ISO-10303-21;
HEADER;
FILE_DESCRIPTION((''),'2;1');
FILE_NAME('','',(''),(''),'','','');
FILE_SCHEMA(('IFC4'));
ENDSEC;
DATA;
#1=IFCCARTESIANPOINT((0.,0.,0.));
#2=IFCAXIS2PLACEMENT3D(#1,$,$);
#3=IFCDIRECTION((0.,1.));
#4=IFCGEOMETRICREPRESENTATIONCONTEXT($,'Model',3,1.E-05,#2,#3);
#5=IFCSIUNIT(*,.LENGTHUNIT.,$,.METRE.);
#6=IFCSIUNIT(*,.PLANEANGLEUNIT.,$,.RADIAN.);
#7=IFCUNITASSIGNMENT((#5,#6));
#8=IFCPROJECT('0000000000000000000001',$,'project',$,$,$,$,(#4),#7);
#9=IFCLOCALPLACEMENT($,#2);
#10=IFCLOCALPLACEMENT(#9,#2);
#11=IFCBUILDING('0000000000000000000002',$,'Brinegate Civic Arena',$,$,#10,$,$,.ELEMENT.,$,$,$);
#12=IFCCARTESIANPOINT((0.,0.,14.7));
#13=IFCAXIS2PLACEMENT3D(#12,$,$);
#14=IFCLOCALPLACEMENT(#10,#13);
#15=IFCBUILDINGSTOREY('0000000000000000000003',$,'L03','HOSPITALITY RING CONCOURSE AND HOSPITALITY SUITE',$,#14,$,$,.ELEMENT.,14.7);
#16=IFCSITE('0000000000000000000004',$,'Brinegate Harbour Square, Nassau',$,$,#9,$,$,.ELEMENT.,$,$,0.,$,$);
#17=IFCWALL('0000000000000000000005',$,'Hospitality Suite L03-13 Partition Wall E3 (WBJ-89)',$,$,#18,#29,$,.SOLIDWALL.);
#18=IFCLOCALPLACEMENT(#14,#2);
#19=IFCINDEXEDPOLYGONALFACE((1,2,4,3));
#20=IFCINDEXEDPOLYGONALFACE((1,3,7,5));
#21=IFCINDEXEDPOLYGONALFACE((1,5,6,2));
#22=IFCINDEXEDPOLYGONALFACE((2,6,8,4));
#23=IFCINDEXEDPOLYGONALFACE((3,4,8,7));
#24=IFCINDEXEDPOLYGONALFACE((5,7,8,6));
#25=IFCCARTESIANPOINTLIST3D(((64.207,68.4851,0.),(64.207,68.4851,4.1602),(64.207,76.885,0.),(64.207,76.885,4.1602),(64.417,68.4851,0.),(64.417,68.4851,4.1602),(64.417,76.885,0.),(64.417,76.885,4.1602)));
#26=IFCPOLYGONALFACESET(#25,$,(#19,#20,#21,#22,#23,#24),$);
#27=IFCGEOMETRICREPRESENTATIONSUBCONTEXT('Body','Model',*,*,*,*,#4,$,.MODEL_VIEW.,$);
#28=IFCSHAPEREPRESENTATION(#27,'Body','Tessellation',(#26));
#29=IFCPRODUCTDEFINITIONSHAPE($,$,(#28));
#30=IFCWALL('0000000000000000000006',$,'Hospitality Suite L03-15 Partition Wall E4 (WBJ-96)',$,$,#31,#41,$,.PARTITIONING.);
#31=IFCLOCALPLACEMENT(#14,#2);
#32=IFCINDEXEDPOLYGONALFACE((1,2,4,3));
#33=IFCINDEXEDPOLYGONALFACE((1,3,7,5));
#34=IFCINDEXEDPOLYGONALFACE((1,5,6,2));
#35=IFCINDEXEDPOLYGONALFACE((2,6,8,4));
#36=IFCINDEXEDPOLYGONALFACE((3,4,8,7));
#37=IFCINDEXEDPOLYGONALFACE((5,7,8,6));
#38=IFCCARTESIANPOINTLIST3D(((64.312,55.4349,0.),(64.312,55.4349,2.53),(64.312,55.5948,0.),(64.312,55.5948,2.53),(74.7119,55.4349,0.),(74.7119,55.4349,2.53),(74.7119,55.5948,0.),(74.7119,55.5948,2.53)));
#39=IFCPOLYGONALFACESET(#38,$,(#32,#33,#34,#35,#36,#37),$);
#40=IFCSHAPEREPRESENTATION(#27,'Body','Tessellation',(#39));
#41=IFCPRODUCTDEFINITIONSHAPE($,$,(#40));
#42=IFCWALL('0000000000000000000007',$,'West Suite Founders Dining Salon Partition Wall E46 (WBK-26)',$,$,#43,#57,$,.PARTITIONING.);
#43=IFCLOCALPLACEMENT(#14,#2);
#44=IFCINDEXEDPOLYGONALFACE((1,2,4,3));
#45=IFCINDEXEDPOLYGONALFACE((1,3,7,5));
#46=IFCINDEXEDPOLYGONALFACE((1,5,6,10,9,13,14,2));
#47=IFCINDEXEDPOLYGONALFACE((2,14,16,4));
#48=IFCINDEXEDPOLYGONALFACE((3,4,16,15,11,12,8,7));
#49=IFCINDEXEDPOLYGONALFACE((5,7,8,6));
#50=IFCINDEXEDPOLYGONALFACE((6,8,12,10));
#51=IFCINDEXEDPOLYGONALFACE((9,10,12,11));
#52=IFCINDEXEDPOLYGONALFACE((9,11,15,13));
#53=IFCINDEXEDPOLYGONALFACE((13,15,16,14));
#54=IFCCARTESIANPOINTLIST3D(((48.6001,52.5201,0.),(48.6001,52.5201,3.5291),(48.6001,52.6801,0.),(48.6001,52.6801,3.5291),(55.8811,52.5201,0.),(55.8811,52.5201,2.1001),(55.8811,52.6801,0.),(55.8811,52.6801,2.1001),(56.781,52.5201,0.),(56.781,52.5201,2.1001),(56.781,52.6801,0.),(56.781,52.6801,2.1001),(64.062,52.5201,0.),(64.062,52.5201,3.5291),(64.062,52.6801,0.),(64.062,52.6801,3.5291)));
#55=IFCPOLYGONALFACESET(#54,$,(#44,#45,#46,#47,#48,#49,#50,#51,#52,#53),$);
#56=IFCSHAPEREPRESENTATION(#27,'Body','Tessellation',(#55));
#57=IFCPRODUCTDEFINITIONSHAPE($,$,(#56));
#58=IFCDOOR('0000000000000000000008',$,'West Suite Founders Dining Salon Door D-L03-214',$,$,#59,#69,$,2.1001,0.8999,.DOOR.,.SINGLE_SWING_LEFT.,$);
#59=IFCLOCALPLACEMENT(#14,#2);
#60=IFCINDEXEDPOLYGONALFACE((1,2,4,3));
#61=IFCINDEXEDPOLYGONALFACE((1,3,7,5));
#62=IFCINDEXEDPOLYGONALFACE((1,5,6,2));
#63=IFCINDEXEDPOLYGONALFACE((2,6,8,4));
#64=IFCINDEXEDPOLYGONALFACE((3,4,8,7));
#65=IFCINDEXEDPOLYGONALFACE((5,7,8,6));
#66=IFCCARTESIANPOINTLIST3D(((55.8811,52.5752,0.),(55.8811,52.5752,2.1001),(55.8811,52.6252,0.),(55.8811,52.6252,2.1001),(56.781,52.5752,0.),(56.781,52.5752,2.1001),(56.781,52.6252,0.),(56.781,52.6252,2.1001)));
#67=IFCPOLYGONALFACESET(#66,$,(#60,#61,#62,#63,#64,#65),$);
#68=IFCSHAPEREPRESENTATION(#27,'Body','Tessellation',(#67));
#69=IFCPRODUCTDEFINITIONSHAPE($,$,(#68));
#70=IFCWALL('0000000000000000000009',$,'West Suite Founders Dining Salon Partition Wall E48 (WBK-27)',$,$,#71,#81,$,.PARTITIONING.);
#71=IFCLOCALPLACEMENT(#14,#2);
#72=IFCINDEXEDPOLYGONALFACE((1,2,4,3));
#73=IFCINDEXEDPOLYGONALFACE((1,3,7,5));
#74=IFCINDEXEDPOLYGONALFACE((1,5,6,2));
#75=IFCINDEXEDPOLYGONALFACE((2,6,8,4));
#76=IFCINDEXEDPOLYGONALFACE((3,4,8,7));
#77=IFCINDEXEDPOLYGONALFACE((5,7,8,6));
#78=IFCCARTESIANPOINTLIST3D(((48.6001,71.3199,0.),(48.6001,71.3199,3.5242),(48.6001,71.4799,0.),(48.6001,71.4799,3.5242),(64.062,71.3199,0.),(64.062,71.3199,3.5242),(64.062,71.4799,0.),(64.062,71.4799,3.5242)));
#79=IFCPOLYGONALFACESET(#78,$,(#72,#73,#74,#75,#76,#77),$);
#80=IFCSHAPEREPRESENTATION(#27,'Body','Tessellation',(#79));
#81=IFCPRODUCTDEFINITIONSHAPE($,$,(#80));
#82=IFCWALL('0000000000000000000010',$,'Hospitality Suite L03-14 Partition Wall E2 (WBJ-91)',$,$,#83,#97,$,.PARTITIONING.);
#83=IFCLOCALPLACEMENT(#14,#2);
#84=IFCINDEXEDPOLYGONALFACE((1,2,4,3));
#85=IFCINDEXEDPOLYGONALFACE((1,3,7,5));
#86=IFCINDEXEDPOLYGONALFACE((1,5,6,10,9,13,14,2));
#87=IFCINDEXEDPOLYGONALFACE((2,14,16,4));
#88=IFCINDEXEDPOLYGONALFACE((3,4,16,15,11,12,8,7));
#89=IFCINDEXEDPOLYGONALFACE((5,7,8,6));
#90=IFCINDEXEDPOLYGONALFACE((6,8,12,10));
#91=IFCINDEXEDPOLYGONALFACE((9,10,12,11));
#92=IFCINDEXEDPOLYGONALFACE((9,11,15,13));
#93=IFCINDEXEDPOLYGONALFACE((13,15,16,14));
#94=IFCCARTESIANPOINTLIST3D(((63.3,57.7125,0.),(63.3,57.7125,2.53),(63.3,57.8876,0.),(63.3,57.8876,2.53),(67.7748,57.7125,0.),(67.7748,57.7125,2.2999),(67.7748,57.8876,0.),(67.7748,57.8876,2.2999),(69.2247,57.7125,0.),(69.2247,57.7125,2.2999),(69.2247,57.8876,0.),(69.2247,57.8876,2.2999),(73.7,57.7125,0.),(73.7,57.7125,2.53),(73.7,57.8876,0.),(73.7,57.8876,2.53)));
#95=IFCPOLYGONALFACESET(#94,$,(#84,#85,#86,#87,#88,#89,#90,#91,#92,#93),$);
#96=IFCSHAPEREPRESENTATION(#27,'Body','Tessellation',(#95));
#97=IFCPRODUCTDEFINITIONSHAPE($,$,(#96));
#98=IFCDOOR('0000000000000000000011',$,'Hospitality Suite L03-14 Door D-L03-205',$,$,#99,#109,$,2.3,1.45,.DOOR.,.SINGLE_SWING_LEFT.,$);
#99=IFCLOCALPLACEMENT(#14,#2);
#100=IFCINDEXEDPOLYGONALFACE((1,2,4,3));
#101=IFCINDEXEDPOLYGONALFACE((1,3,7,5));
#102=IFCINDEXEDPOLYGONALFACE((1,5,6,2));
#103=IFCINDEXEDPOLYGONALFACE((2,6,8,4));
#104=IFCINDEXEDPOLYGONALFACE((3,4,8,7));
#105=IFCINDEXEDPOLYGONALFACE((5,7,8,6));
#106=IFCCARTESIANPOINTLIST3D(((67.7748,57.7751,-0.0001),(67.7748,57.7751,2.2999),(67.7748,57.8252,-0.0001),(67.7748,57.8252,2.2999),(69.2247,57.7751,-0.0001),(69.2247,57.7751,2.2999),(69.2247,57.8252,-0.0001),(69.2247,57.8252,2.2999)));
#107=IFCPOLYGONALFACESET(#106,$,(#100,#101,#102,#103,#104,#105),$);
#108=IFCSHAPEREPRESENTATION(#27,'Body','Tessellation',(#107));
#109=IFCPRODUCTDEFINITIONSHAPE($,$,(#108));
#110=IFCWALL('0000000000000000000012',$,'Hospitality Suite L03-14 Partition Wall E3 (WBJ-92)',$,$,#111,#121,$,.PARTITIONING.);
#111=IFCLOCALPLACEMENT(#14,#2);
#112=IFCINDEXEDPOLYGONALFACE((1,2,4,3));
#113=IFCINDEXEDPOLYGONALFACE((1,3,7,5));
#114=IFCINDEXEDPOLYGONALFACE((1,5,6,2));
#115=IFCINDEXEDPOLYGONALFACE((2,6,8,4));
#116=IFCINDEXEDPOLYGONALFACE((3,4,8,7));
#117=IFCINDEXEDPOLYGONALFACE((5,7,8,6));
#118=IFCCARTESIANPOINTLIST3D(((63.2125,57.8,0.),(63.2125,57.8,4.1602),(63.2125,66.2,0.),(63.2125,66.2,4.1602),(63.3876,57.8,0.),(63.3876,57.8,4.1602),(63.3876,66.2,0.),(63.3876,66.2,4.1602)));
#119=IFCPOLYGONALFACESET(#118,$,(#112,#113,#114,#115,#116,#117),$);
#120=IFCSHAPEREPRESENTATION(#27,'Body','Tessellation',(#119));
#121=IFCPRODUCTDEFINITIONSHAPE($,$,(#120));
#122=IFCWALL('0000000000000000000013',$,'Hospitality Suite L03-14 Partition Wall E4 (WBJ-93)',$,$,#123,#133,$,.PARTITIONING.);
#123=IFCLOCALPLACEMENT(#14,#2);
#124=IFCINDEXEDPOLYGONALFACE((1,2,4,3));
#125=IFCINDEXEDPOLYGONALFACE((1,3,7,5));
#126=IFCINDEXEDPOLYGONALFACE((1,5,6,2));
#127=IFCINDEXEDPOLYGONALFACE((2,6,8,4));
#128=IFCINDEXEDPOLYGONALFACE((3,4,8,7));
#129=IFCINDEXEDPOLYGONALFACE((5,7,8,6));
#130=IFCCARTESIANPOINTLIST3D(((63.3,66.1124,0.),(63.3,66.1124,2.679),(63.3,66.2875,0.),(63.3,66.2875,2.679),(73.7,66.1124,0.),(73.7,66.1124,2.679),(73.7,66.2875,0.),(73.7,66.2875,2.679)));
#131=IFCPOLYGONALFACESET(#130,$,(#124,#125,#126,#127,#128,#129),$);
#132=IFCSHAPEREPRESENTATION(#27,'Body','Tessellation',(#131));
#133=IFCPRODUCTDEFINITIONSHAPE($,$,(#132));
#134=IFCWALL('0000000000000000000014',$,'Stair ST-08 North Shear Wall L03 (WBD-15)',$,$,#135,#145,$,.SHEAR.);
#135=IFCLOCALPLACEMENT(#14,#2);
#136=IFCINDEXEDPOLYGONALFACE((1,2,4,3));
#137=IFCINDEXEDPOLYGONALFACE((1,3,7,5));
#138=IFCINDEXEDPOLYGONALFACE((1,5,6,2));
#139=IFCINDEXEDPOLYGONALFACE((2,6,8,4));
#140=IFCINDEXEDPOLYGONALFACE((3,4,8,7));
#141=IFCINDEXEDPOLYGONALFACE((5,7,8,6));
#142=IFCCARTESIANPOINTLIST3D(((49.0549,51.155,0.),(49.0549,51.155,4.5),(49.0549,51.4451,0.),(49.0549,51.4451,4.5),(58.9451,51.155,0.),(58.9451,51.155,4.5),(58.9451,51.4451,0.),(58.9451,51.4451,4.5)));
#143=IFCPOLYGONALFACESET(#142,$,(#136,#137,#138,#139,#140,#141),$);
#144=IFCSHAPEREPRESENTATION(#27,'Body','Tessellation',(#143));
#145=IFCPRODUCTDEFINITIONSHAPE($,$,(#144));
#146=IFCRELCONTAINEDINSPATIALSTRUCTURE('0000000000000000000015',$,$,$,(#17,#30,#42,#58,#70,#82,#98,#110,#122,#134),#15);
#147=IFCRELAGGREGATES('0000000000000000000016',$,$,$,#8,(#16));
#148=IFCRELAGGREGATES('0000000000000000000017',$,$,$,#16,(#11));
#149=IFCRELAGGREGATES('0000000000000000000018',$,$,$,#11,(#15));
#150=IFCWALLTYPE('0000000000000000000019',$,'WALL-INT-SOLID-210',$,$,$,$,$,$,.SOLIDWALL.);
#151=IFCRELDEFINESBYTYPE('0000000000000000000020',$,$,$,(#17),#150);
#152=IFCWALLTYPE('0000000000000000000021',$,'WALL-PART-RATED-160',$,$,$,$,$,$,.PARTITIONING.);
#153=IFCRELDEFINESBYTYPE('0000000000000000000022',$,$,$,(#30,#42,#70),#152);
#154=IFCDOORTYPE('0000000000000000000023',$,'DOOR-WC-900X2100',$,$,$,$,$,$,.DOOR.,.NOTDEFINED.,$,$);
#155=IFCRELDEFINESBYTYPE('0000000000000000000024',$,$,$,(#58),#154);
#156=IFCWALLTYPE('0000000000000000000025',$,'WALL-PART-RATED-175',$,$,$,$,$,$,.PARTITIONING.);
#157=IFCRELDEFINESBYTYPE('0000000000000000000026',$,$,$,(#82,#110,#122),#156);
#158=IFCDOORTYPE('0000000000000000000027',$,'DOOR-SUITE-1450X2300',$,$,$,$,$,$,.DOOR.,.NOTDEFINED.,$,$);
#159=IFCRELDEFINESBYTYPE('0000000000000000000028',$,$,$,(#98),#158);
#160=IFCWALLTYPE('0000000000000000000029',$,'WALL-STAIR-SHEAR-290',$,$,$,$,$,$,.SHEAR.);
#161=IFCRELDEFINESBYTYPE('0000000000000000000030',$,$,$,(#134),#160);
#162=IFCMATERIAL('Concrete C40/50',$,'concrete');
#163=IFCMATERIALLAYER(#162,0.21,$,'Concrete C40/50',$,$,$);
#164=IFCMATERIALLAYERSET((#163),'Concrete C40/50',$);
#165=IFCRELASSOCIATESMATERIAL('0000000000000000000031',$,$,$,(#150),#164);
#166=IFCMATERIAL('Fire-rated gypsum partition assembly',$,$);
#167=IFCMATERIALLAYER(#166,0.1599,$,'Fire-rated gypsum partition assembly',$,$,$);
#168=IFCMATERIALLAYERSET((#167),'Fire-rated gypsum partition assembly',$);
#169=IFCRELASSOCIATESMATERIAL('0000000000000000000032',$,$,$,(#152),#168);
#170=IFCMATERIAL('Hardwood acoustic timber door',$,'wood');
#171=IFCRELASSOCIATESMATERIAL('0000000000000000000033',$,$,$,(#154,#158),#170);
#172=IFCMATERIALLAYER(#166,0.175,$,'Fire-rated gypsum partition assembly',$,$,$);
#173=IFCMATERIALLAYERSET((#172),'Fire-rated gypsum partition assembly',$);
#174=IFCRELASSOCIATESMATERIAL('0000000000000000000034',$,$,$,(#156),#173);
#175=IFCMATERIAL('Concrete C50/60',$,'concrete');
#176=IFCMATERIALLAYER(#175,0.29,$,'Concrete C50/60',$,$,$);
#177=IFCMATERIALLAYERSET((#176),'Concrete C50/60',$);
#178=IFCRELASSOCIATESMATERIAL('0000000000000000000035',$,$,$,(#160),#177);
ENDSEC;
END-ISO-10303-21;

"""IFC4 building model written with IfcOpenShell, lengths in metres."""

from ifc_helpers import new_model, si_unit, direction, frame, frame_2d, origin, place, context, subcontext, project, spatial, rectangle, extrude, material, layer, layer_set, type_object, element, fill, save


model = new_model("IFC4")

# Units and contexts
model_context = context("Model", 3, precision=1e-05, world=origin(), true_north=direction((0.0, 1.0)))
body_context = subcontext(model_context, "Body", "Model", "MODEL_VIEW")
ifc_project = project(units=[si_unit("LENGTHUNIT", "METRE"), si_unit("PLANEANGLEUNIT", "RADIAN")], contexts=[model_context])

# Site, building, storey
site_placement = place(None, origin())
site = spatial("IfcSite", under=ifc_project, at=site_placement, Name="Brinegate Harbour Square, Nassau", CompositionType="ELEMENT", RefElevation=0.0)
building_placement = place(site_placement, origin())
building = spatial("IfcBuilding", under=site, at=building_placement, Name="Brinegate Civic Arena", CompositionType="ELEMENT")
storey_placement = place(building_placement, frame((0.0, 0.0, 14.7)))
storey = spatial("IfcBuildingStorey", under=building, at=storey_placement, Name="L03", Description="HOSPITALITY RING CONCOURSE AND HOSPITALITY SUITE", CompositionType="ELEMENT", Elevation=14.7)

# Shared definitions
ifc_material_1 = material(Name="Concrete C50/60", Category="concrete")

# Shared definitions
ifc_material_2 = material(Name="Concrete C40/50", Category="concrete")
ifc_layer_1 = layer(ifc_material_2, 0.21, Name="Concrete C40/50")
ifc_layer_set_1 = layer_set([ifc_layer_1], Name="Concrete C40/50")
wall_type_1 = type_object("IfcWallType", Name="WALL-INT-SOLID-210", PredefinedType="SOLIDWALL", material=ifc_layer_set_1)
ifc_material_3 = material(Name="Hardwood acoustic timber door", Category="wood")

# Walls
wall_1_placement = place(storey_placement, frame((64.312, 68.4851, 0.0), z_axis=(0.0, 0.0, 1.0), x_axis=(0.0, 1.0, 0.0)))
element("IfcWall", 1, at=wall_1_placement, inside=storey, type_object=wall_type_1, Name="Hospitality Suite L03-13 Partition Wall E3 (WBJ-89)", PredefinedType="SOLIDWALL", context=body_context, shape_type="SweptSolid", body=[
    extrude(rectangle(XDim=8.3999, YDim=0.21, at=frame_2d((4.2, 0.0))), origin(), (0.0, 0.0, 1.0), 4.1602),
])
ifc_material_4 = material(Name="Fire-rated gypsum partition assembly")
ifc_layer_2 = layer(ifc_material_4, 0.1599, Name="Fire-rated gypsum partition assembly")
ifc_layer_set_2 = layer_set([ifc_layer_2], Name="Fire-rated gypsum partition assembly")
wall_type_2 = type_object("IfcWallType", Name="WALL-PART-RATED-160", PredefinedType="PARTITIONING", material=ifc_layer_set_2)
wall_2_placement = place(storey_placement, frame((64.312, 55.5149, 0.0), z_axis=(0.0, 0.0, 1.0), x_axis=(1.0, 0.0, 0.0)))
element("IfcWall", 2, at=wall_2_placement, inside=storey, type_object=wall_type_2, Name="Hospitality Suite L03-15 Partition Wall E4 (WBJ-96)", PredefinedType="PARTITIONING", context=body_context, shape_type="SweptSolid", body=[
    extrude(rectangle(XDim=10.3999, YDim=0.1599, at=frame_2d((5.2, 0.0))), origin(), (0.0, 0.0, 1.0), 2.53),
])

# Wall, opening, door
wall_3_placement = place(storey_placement, frame((64.062, 52.6001, 0.0), z_axis=(0.0, 0.0, 1.0), x_axis=(-1.0, 0.0, 0.0)))
wall_3 = element("IfcWall", 3, at=wall_3_placement, inside=storey, type_object=wall_type_2, Name="West Suite Founders Dining Salon Partition Wall E46 (WBK-26)", PredefinedType="PARTITIONING", context=body_context, shape_type="SweptSolid", body=[
    extrude(rectangle(XDim=15.4619, YDim=0.1599, at=frame_2d((7.731, 0.0))), origin(), (0.0, 0.0, 1.0), 3.5291),
])
opening_1_placement = place(wall_3_placement, frame((7.281, 0.0, 0.0)))
opening_1 = element("IfcOpeningElement", 4, at=opening_1_placement, cuts=wall_3, PredefinedType="OPENING", context=body_context, shape_type="SweptSolid", body=[
    extrude(rectangle(XDim=0.8999, YDim=2.1001, at=frame_2d((0.45, 1.05))), frame((0.0, 0.0898, 0.0), z_axis=(0.0, -1.0, 0.0), x_axis=(1.0, 0.0, 0.0)), (0.0, 0.0, 1.0), 0.1799),
])
door_type_1 = type_object("IfcDoorType", Name="DOOR-WC-900X2100", OperationType="NOTDEFINED", PredefinedType="DOOR", material=ifc_material_3)
door_1_placement = place(opening_1_placement, origin())
door_1 = element("IfcDoor", 5, at=door_1_placement, inside=storey, type_object=door_type_1, Name="West Suite Founders Dining Salon Door D-L03-214", OperationType="SINGLE_SWING_LEFT", OverallHeight=2.1001, OverallWidth=0.8999, PredefinedType="DOOR", context=body_context, shape_type="SweptSolid", body=[
    extrude(rectangle(XDim=0.8999, YDim=2.1001, at=frame_2d((0.45, 1.05))), frame((0.0, 0.0249, 0.0), z_axis=(0.0, -1.0, 0.0), x_axis=(1.0, 0.0, 0.0)), (0.0, 0.0, 1.0), 0.05),
])
fill(opening_1, door_1)

# Wall
wall_4_placement = place(storey_placement, frame((48.6001, 71.3999, 0.0), z_axis=(0.0, 0.0, 1.0), x_axis=(1.0, 0.0, 0.0)))
element("IfcWall", 6, at=wall_4_placement, inside=storey, type_object=wall_type_2, Name="West Suite Founders Dining Salon Partition Wall E48 (WBK-27)", PredefinedType="PARTITIONING", context=body_context, shape_type="SweptSolid", body=[
    extrude(rectangle(XDim=15.4619, YDim=0.1599, at=frame_2d((7.731, 0.0))), origin(), (0.0, 0.0, 1.0), 3.5242),
])

# Wall, opening, door
ifc_layer_3 = layer(ifc_material_4, 0.175, Name="Fire-rated gypsum partition assembly")
ifc_layer_set_3 = layer_set([ifc_layer_3], Name="Fire-rated gypsum partition assembly")
wall_type_3 = type_object("IfcWallType", Name="WALL-PART-RATED-175", PredefinedType="PARTITIONING", material=ifc_layer_set_3)
wall_5_placement = place(storey_placement, frame((73.7, 57.8, 0.0), z_axis=(0.0, 0.0, 1.0), x_axis=(-1.0, 0.0, 0.0)))
wall_5 = element("IfcWall", 7, at=wall_5_placement, inside=storey, type_object=wall_type_3, Name="Hospitality Suite L03-14 Partition Wall E2 (WBJ-91)", PredefinedType="PARTITIONING", context=body_context, shape_type="SweptSolid", body=[
    extrude(rectangle(XDim=10.3999, YDim=0.175, at=frame_2d((5.2, 0.0))), origin(), (0.0, 0.0, 1.0), 2.53),
])
opening_2_placement = place(wall_5_placement, frame((4.4751, 0.0, 0.0)))
opening_2 = element("IfcOpeningElement", 8, at=opening_2_placement, cuts=wall_5, PredefinedType="OPENING", context=body_context, shape_type="SweptSolid", body=[
    extrude(rectangle(XDim=1.45, YDim=2.3, at=frame_2d((0.7251, 1.1499))), frame((0.0, 0.0974, 0.0), z_axis=(0.0, -1.0, 0.0), x_axis=(1.0, 0.0, 0.0)), (0.0, 0.0, 1.0), 0.1951),
])
door_type_2 = type_object("IfcDoorType", Name="DOOR-SUITE-1450X2300", OperationType="NOTDEFINED", PredefinedType="DOOR", material=ifc_material_3)
door_2_placement = place(opening_2_placement, origin())
door_2 = element("IfcDoor", 9, at=door_2_placement, inside=storey, type_object=door_type_2, Name="Hospitality Suite L03-14 Door D-L03-205", OperationType="SINGLE_SWING_LEFT", OverallHeight=2.3, OverallWidth=1.45, PredefinedType="DOOR", context=body_context, shape_type="SweptSolid", body=[
    extrude(rectangle(XDim=1.45, YDim=2.3, at=frame_2d((0.7251, 1.1499))), frame((0.0, 0.0249, 0.0), z_axis=(0.0, -1.0, 0.0), x_axis=(1.0, 0.0, 0.0)), (0.0, 0.0, 1.0), 0.05),
])
fill(opening_2, door_2)

# Walls
wall_6_placement = place(storey_placement, frame((63.3, 57.8, 0.0), z_axis=(0.0, 0.0, 1.0), x_axis=(0.0, 1.0, 0.0)))
element("IfcWall", 10, at=wall_6_placement, inside=storey, type_object=wall_type_3, Name="Hospitality Suite L03-14 Partition Wall E3 (WBJ-92)", PredefinedType="PARTITIONING", context=body_context, shape_type="SweptSolid", body=[
    extrude(rectangle(XDim=8.3999, YDim=0.175, at=frame_2d((4.2, 0.0))), origin(), (0.0, 0.0, 1.0), 4.1602),
])
wall_7_placement = place(storey_placement, frame((63.3, 66.2, 0.0), z_axis=(0.0, 0.0, 1.0), x_axis=(1.0, 0.0, 0.0)))
element("IfcWall", 11, at=wall_7_placement, inside=storey, type_object=wall_type_3, Name="Hospitality Suite L03-14 Partition Wall E4 (WBJ-93)", PredefinedType="PARTITIONING", context=body_context, shape_type="SweptSolid", body=[
    extrude(rectangle(XDim=10.3999, YDim=0.175, at=frame_2d((5.2, 0.0))), origin(), (0.0, 0.0, 1.0), 2.679),
])
ifc_layer_4 = layer(ifc_material_1, 0.29, Name="Concrete C50/60")
ifc_layer_set_4 = layer_set([ifc_layer_4], Name="Concrete C50/60")
wall_type_4 = type_object("IfcWallType", Name="WALL-STAIR-SHEAR-290", PredefinedType="SHEAR", material=ifc_layer_set_4)
wall_8_placement = place(storey_placement, frame((49.0549, 51.3, 0.0), z_axis=(0.0, 0.0, 1.0), x_axis=(1.0, 0.0, 0.0)))
element("IfcWall", 12, at=wall_8_placement, inside=storey, type_object=wall_type_4, Name="Stair ST-08 North Shear Wall L03 (WBD-15)", PredefinedType="SHEAR", context=body_context, shape_type="SweptSolid", body=[
    extrude(rectangle(XDim=9.8901, YDim=0.29, at=frame_2d((4.9451, 0.0))), origin(), (0.0, 0.0, 1.0), 4.5),
])

save(model, "model.ifc")
